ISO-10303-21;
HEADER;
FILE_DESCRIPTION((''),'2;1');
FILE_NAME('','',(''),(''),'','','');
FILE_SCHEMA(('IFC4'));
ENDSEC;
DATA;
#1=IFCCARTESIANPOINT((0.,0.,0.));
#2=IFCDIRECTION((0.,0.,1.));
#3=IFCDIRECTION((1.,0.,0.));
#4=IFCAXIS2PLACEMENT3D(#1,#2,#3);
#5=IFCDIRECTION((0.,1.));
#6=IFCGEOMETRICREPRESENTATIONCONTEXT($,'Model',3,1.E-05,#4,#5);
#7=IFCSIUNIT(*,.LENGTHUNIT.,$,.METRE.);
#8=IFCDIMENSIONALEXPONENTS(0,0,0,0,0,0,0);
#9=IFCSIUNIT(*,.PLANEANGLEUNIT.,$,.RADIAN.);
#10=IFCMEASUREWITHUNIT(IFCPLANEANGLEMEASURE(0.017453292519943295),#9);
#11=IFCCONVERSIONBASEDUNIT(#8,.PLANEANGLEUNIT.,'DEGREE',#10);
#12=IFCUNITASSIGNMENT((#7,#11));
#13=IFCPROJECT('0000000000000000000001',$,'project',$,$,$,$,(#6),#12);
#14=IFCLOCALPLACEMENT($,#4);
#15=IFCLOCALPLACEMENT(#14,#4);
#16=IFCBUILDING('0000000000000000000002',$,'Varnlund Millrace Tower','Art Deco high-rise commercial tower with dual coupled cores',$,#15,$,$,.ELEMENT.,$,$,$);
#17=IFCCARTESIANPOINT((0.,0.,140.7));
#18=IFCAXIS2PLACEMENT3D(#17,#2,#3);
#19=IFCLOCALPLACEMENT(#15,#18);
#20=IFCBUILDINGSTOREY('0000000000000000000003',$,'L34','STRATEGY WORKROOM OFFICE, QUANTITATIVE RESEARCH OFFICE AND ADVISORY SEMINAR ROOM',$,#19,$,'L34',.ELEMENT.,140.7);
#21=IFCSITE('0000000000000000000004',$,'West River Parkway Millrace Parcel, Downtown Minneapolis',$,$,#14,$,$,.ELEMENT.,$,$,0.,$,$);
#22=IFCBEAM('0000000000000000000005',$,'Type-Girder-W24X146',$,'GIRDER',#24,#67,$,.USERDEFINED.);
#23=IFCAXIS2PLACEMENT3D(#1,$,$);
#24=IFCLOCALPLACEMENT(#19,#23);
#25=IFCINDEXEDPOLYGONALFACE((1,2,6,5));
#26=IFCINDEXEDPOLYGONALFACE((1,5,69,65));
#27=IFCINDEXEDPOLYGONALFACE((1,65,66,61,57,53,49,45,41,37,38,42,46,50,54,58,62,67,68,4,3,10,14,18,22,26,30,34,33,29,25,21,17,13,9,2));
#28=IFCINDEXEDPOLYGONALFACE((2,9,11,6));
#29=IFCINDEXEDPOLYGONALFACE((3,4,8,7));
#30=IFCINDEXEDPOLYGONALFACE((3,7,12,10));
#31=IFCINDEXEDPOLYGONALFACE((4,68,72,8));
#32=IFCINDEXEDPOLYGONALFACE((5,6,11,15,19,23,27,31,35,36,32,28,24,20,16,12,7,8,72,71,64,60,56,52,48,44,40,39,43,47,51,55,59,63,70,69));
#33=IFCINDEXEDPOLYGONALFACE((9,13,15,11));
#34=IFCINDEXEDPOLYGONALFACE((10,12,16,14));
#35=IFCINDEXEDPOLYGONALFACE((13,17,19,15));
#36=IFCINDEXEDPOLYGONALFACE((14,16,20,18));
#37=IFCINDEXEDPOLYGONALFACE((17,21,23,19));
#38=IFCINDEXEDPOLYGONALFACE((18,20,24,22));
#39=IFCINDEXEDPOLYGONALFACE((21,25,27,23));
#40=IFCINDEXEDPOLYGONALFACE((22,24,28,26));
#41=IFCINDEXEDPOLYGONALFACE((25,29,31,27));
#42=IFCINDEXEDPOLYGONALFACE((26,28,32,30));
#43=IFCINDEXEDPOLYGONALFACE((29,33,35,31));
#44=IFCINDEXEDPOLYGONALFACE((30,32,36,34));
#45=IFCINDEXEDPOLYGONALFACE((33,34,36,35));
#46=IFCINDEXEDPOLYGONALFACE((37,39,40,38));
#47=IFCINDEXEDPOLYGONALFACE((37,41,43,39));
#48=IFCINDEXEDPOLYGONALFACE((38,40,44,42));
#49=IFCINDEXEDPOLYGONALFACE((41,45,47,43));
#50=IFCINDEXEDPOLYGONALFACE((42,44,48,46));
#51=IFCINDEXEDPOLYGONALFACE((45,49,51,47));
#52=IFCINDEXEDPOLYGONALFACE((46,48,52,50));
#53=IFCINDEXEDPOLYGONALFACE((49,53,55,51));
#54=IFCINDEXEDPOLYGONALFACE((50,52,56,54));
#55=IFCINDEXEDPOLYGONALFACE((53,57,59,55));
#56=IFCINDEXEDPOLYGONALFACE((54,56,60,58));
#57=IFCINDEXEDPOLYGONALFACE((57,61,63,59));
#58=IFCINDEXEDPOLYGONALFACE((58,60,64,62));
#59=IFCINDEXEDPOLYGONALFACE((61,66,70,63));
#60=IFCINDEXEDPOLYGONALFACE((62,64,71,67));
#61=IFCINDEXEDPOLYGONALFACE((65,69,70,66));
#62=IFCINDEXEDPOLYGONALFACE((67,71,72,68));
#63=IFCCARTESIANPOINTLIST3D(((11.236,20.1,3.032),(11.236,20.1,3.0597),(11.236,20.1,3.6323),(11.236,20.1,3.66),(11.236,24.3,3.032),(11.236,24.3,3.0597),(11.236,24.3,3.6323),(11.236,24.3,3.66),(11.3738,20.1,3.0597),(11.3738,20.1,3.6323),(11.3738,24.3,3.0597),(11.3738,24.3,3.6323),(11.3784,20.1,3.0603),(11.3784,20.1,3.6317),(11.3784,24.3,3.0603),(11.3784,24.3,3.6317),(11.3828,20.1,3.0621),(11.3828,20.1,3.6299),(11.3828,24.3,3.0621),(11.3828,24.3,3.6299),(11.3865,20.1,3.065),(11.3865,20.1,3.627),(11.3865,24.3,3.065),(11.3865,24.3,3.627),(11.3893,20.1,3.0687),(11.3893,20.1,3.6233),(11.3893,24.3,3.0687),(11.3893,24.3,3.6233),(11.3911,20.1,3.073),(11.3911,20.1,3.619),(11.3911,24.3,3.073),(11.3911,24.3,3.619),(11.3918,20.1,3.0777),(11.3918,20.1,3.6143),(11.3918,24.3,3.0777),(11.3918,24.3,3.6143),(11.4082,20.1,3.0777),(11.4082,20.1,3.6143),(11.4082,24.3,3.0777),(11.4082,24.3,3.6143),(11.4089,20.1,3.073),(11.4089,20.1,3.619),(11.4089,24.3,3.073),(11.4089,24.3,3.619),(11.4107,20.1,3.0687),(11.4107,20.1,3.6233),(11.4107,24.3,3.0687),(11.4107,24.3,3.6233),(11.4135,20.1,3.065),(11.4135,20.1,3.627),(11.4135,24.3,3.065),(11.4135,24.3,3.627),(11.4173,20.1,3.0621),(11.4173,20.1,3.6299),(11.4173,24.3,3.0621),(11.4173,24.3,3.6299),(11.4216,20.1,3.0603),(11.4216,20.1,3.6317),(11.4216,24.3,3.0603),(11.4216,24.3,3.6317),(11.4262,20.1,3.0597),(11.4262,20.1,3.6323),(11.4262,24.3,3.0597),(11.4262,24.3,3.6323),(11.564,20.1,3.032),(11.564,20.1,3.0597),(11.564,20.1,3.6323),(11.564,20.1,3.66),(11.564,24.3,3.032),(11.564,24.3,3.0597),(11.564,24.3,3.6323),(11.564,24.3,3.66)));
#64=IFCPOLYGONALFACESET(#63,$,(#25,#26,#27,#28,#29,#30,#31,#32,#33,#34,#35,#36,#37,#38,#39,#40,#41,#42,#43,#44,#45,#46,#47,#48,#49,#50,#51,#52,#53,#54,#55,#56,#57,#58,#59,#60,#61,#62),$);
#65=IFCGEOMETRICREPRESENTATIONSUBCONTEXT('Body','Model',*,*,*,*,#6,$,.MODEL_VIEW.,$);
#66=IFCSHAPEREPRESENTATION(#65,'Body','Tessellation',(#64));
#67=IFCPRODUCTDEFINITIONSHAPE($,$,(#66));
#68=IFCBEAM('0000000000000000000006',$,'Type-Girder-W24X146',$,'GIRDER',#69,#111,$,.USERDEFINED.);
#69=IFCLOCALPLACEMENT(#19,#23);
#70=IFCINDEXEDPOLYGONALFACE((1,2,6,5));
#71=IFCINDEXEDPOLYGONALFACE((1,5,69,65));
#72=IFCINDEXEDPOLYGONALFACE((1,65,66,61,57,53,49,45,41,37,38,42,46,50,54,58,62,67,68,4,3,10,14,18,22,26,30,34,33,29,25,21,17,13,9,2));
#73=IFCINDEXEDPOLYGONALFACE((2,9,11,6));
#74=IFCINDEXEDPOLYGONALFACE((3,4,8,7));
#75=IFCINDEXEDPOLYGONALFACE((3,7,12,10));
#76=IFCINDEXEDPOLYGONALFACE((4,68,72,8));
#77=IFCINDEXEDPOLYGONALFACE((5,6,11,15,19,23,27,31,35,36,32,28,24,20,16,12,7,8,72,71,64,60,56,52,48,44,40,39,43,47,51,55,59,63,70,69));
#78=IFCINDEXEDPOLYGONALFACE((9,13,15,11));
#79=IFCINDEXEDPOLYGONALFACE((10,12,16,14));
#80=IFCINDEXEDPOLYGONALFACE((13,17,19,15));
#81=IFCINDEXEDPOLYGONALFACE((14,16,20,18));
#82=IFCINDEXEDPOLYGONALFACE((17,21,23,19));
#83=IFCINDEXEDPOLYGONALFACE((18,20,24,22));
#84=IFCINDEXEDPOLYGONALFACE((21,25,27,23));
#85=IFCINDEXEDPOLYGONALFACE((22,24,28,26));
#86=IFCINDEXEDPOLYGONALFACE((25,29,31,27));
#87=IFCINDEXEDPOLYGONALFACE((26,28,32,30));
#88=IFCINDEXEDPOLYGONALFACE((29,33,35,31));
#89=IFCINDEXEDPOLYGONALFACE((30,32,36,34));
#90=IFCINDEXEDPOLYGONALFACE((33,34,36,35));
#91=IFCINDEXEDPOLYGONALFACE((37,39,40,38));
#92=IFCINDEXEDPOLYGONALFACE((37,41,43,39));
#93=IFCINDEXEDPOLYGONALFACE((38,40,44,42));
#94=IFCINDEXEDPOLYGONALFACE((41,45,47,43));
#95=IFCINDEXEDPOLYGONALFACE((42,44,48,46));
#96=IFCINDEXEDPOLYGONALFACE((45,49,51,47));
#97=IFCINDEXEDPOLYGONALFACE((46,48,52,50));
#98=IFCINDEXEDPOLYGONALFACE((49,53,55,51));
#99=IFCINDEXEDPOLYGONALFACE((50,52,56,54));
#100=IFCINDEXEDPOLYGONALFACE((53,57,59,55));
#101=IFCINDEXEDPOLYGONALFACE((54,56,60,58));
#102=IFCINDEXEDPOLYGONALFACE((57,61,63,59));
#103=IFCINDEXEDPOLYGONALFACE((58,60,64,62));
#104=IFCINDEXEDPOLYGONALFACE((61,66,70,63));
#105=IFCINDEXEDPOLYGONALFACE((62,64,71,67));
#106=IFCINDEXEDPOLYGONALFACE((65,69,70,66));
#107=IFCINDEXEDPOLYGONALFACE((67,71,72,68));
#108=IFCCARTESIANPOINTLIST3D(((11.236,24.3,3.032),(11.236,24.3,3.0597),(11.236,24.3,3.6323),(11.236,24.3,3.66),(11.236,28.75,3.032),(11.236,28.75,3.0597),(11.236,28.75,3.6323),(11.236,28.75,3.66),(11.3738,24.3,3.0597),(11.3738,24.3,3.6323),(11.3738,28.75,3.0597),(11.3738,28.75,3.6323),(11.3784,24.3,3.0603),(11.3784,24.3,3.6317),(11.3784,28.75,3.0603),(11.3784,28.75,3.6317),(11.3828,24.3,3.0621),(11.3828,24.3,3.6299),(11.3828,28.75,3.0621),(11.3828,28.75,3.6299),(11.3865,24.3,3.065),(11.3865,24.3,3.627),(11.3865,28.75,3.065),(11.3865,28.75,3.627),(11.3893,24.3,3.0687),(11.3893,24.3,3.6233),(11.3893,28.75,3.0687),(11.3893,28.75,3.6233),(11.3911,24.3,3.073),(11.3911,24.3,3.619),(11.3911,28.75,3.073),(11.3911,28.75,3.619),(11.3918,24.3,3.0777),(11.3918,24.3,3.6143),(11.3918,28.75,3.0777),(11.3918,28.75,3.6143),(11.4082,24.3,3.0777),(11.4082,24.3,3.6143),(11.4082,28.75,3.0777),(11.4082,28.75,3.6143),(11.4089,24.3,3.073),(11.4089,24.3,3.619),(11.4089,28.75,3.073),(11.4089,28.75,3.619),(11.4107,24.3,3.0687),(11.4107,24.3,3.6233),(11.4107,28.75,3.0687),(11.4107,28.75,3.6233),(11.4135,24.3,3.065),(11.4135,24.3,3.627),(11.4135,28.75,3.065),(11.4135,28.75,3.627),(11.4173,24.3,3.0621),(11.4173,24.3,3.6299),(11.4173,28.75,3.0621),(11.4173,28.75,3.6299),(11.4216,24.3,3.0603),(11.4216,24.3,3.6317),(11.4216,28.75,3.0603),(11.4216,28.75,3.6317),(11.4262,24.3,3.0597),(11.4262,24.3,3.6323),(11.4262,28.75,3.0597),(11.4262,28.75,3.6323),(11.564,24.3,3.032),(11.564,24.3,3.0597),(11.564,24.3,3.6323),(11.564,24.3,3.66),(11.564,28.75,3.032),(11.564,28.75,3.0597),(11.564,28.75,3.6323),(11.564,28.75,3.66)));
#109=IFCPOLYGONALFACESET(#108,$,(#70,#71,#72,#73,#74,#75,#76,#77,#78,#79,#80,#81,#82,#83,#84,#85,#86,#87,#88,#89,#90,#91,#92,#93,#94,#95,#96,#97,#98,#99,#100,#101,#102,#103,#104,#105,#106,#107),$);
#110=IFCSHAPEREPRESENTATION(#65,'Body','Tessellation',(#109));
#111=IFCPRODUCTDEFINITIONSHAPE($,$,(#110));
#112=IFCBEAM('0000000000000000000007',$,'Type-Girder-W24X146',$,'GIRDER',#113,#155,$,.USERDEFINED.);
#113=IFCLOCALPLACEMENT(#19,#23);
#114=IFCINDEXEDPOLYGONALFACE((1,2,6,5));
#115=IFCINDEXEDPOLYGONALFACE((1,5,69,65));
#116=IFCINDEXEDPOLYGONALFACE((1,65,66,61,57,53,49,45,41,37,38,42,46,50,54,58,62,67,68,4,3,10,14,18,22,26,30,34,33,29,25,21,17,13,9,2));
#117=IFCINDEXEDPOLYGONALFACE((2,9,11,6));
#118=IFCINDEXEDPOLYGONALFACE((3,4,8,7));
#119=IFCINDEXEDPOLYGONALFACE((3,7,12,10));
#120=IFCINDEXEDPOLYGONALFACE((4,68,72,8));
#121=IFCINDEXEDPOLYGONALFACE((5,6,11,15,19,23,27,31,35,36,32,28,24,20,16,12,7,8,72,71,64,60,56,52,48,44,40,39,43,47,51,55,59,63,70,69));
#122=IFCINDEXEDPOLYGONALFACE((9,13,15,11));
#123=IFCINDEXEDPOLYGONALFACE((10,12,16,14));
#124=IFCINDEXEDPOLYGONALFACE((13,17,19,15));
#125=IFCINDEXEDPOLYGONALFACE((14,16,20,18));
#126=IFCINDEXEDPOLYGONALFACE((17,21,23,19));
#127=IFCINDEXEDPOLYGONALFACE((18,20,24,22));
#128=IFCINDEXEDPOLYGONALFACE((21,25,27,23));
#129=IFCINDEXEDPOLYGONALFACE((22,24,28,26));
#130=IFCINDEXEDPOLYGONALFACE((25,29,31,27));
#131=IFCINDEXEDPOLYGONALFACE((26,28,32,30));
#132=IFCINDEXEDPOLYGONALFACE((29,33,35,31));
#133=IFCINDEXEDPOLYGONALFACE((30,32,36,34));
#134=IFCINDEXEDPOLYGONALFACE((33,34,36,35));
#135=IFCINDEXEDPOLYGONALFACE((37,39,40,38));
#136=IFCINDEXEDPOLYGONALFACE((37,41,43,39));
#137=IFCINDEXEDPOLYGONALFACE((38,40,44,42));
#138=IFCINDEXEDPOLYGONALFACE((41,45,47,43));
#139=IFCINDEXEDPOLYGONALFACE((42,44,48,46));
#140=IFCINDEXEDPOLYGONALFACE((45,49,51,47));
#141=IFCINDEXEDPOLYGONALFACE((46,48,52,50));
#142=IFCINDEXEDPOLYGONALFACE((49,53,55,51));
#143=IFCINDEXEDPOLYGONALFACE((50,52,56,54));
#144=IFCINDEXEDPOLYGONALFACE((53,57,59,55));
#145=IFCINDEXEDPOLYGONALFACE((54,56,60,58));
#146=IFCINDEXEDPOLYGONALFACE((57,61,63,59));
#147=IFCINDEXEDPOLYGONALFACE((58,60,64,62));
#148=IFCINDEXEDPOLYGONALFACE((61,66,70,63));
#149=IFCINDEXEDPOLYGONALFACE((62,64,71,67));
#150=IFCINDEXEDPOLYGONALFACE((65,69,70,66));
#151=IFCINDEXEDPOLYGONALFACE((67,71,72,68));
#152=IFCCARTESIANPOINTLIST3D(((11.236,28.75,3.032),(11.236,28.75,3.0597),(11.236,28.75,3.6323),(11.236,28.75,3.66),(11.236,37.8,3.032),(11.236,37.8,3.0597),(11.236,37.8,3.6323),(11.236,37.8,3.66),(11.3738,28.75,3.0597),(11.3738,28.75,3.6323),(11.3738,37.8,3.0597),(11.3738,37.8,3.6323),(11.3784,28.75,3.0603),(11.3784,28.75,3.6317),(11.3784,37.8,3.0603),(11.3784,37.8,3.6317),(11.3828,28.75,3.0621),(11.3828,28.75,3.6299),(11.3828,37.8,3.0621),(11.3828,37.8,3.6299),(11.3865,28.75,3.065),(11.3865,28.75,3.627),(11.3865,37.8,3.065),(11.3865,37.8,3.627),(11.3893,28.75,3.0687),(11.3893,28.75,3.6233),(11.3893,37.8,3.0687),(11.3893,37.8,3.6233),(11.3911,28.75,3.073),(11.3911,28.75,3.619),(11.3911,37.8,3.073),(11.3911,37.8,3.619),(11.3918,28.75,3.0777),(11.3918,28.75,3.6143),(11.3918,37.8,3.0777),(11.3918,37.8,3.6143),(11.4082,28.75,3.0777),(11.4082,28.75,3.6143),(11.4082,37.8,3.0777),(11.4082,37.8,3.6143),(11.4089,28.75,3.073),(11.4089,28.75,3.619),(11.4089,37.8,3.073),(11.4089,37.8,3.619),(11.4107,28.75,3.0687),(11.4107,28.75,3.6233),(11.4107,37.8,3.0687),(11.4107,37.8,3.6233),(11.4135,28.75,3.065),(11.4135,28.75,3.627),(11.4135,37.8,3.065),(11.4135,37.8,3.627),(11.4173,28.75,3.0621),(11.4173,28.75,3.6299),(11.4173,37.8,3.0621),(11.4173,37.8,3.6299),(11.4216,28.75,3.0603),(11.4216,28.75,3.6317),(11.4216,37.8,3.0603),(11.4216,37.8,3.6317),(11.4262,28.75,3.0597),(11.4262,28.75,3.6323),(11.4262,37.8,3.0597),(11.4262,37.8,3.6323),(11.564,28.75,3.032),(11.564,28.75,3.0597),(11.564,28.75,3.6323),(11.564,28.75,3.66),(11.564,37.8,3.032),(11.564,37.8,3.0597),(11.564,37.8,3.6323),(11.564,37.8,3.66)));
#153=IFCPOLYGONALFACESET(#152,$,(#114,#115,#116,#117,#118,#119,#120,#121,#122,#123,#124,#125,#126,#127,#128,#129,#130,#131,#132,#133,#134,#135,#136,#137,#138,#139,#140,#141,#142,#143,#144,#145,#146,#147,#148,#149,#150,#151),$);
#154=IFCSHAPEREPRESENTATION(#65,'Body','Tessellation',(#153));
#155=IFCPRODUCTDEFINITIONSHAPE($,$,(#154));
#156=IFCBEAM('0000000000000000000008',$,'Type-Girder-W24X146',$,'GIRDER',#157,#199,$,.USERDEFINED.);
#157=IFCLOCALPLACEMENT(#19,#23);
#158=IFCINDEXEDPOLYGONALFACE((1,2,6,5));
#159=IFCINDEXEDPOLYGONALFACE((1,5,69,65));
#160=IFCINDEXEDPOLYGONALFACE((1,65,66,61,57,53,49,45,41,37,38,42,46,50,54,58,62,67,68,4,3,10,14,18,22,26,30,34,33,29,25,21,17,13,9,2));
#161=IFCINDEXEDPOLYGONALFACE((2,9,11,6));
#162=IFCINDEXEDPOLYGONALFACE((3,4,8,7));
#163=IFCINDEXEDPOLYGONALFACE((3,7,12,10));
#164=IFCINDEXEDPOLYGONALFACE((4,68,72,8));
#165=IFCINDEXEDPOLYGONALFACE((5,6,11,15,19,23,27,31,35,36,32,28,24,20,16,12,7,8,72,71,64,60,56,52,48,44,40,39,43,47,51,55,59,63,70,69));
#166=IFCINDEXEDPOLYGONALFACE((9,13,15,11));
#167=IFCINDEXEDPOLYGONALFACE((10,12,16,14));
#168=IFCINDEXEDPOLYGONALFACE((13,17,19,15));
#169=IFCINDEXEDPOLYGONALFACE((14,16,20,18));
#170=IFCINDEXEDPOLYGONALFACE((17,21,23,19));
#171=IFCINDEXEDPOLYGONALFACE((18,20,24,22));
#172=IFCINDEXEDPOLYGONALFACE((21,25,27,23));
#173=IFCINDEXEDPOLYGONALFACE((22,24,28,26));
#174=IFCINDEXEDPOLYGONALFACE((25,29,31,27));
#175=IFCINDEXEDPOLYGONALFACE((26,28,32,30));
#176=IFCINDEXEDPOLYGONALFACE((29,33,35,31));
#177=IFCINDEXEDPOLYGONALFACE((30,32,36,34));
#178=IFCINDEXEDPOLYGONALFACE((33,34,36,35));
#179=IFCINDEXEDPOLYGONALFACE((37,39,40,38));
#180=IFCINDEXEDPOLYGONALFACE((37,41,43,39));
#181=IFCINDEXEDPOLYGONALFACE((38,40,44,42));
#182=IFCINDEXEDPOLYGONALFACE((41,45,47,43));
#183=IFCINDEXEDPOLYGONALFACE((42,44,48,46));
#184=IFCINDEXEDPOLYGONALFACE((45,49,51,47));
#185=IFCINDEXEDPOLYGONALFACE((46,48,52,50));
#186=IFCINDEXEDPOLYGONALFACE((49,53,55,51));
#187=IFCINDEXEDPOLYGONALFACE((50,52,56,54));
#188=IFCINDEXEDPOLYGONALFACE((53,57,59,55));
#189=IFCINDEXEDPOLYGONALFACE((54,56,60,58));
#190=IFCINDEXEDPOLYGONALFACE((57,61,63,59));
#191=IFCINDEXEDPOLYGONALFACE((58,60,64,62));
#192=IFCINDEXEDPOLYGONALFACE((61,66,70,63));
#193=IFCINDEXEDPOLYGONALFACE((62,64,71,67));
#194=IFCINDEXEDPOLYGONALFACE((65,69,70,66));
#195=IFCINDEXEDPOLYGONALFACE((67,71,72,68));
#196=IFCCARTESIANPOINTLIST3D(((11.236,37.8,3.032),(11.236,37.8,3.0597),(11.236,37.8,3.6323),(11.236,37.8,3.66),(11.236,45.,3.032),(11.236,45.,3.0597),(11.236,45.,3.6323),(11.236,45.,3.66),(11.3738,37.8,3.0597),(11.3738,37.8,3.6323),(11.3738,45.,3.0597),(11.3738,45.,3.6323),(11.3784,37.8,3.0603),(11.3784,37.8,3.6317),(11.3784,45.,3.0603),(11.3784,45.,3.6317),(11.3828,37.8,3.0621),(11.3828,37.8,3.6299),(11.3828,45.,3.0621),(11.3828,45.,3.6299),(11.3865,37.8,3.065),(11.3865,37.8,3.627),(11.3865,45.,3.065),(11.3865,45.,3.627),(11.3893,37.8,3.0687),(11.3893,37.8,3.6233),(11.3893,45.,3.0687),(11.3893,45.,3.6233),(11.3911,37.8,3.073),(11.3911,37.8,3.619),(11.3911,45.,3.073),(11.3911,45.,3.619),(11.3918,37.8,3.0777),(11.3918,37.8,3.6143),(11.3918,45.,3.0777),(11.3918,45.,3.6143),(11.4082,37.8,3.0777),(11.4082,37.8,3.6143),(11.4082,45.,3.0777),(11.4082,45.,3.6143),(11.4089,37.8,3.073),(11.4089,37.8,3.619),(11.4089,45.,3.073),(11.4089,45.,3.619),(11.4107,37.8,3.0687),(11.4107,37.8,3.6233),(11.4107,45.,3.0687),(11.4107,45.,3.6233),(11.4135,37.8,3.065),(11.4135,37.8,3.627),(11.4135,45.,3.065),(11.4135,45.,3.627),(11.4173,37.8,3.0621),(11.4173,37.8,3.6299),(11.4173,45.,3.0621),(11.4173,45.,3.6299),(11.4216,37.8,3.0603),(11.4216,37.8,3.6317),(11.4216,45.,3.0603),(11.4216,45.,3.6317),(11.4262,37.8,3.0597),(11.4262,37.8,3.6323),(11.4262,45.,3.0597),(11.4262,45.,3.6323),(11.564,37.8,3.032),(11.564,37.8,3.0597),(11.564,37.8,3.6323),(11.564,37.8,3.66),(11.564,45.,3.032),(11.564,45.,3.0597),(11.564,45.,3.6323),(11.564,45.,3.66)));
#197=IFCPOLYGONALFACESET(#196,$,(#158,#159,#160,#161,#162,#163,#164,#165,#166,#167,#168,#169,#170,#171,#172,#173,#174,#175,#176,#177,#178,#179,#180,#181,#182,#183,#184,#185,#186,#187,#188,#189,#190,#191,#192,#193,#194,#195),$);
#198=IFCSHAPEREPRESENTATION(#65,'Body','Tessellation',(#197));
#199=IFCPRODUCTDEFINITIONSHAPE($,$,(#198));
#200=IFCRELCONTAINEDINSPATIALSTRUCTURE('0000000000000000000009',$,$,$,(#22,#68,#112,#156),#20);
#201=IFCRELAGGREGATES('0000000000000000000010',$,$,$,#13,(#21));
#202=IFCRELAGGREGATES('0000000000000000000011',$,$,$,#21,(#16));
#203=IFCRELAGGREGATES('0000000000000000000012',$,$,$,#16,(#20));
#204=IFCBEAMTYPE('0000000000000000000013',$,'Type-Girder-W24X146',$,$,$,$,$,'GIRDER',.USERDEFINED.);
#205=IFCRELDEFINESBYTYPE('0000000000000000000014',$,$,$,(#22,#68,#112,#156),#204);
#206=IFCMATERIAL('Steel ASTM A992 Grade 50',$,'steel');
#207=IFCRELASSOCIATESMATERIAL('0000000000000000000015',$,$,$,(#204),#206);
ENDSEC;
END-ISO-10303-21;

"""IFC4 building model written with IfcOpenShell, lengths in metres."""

from ifc_helpers import new_model, entity, si_unit, converted_unit, direction, frame, origin_with_axes, origin_2d_with_axis, place, context, subcontext, project, spatial, i_section, extrude, material, material_profile, profile_set, type_object, element, save


model = new_model("IFC4")

# Units and contexts
model_context = context("Model", 3, precision=1e-05, world=origin_with_axes(), true_north=direction((0.0, 1.0)))
body_context = subcontext(model_context, "Body", "Model", "MODEL_VIEW")
ifc_project = project(units=[si_unit("LENGTHUNIT", "METRE"), converted_unit("PLANEANGLEUNIT", "DEGREE", entity("IfcPlaneAngleMeasure", 0.017453292519943295), si_unit("PLANEANGLEUNIT", "RADIAN"), dimensions=[0, 0, 0, 0, 0, 0, 0])], contexts=[model_context])

# Site, building, storey
site_placement = place(None, origin_with_axes())
site = spatial("IfcSite", under=ifc_project, at=site_placement, Name="West River Parkway Millrace Parcel, Downtown Minneapolis", CompositionType="ELEMENT", RefElevation=0.0)
building_placement = place(site_placement, origin_with_axes())
building = spatial("IfcBuilding", under=site, at=building_placement, Name="Varnlund Millrace Tower", Description="Art Deco high-rise commercial tower with dual coupled cores", CompositionType="ELEMENT")
storey_placement = place(building_placement, frame((0.0, 0.0, 140.7), z_axis=(0.0, 0.0, 1.0), x_axis=(1.0, 0.0, 0.0)))
storey = spatial("IfcBuildingStorey", under=building, at=storey_placement, Name="L34", Description="STRATEGY WORKROOM OFFICE, QUANTITATIVE RESEARCH OFFICE AND ADVISORY SEMINAR ROOM", LongName="L34", CompositionType="ELEMENT", Elevation=140.7)

# Beams
ifc_material_1 = material(Name="Steel ASTM A992 Grade 50", Category="steel")
ifc_material_profile_1 = material_profile(ifc_material_1, i_section(OverallWidth=0.328, OverallDepth=0.628, WebThickness=0.0165, FlangeThickness=0.0277, FilletRadius=0.018, at=origin_2d_with_axis()), Name="Steel ASTM A992 Grade 50")
ifc_profile_set_1 = profile_set([ifc_material_profile_1], Name="Steel ASTM A992 Grade 50")
beam_type_1 = type_object("IfcBeamType", Name="Type-Girder-W24X146", ElementType="GIRDER", PredefinedType="USERDEFINED", material=ifc_profile_set_1)
beam_1_placement = place(storey_placement, frame((11.4, 20.1, 3.346), z_axis=(0.0, 1.0, 0.0), x_axis=(-1.0, 0.0, 0.0)))
element("IfcBeam", 1, at=beam_1_placement, inside=storey, type_object=beam_type_1, Name="Type-Girder-W24X146", ObjectType="GIRDER", PredefinedType="USERDEFINED", context=body_context, shape_type="SweptSolid", body=[
    extrude(i_section(OverallWidth=0.328, OverallDepth=0.628, WebThickness=0.0165, FlangeThickness=0.0277, FilletRadius=0.018, at=origin_2d_with_axis()), origin_with_axes(), (0.0, 0.0, 1.0), 4.2),
])
beam_2_placement = place(storey_placement, frame((11.4, 24.3, 3.346), z_axis=(0.0, 1.0, 0.0), x_axis=(-1.0, 0.0, 0.0)))
element("IfcBeam", 2, at=beam_2_placement, inside=storey, type_object=beam_type_1, Name="Type-Girder-W24X146", ObjectType="GIRDER", PredefinedType="USERDEFINED", context=body_context, shape_type="SweptSolid", body=[
    extrude(i_section(OverallWidth=0.328, OverallDepth=0.628, WebThickness=0.0165, FlangeThickness=0.0277, FilletRadius=0.018, at=origin_2d_with_axis()), origin_with_axes(), (0.0, 0.0, 1.0), 4.45),
])
beam_3_placement = place(storey_placement, frame((11.4, 28.75, 3.346), z_axis=(0.0, 1.0, 0.0), x_axis=(-1.0, 0.0, 0.0)))
element("IfcBeam", 3, at=beam_3_placement, inside=storey, type_object=beam_type_1, Name="Type-Girder-W24X146", ObjectType="GIRDER", PredefinedType="USERDEFINED", context=body_context, shape_type="SweptSolid", body=[
    extrude(i_section(OverallWidth=0.328, OverallDepth=0.628, WebThickness=0.0165, FlangeThickness=0.0277, FilletRadius=0.018, at=origin_2d_with_axis()), origin_with_axes(), (0.0, 0.0, 1.0), 9.05),
])
beam_4_placement = place(storey_placement, frame((11.4, 37.8, 3.346), z_axis=(0.0, 1.0, 0.0), x_axis=(-1.0, 0.0, 0.0)))
element("IfcBeam", 4, at=beam_4_placement, inside=storey, type_object=beam_type_1, Name="Type-Girder-W24X146", ObjectType="GIRDER", PredefinedType="USERDEFINED", context=body_context, shape_type="SweptSolid", body=[
    extrude(i_section(OverallWidth=0.328, OverallDepth=0.628, WebThickness=0.0165, FlangeThickness=0.0277, FilletRadius=0.018, at=origin_2d_with_axis()), origin_with_axes(), (0.0, 0.0, 1.0), 7.2),
])

save(model, "model.ifc")
